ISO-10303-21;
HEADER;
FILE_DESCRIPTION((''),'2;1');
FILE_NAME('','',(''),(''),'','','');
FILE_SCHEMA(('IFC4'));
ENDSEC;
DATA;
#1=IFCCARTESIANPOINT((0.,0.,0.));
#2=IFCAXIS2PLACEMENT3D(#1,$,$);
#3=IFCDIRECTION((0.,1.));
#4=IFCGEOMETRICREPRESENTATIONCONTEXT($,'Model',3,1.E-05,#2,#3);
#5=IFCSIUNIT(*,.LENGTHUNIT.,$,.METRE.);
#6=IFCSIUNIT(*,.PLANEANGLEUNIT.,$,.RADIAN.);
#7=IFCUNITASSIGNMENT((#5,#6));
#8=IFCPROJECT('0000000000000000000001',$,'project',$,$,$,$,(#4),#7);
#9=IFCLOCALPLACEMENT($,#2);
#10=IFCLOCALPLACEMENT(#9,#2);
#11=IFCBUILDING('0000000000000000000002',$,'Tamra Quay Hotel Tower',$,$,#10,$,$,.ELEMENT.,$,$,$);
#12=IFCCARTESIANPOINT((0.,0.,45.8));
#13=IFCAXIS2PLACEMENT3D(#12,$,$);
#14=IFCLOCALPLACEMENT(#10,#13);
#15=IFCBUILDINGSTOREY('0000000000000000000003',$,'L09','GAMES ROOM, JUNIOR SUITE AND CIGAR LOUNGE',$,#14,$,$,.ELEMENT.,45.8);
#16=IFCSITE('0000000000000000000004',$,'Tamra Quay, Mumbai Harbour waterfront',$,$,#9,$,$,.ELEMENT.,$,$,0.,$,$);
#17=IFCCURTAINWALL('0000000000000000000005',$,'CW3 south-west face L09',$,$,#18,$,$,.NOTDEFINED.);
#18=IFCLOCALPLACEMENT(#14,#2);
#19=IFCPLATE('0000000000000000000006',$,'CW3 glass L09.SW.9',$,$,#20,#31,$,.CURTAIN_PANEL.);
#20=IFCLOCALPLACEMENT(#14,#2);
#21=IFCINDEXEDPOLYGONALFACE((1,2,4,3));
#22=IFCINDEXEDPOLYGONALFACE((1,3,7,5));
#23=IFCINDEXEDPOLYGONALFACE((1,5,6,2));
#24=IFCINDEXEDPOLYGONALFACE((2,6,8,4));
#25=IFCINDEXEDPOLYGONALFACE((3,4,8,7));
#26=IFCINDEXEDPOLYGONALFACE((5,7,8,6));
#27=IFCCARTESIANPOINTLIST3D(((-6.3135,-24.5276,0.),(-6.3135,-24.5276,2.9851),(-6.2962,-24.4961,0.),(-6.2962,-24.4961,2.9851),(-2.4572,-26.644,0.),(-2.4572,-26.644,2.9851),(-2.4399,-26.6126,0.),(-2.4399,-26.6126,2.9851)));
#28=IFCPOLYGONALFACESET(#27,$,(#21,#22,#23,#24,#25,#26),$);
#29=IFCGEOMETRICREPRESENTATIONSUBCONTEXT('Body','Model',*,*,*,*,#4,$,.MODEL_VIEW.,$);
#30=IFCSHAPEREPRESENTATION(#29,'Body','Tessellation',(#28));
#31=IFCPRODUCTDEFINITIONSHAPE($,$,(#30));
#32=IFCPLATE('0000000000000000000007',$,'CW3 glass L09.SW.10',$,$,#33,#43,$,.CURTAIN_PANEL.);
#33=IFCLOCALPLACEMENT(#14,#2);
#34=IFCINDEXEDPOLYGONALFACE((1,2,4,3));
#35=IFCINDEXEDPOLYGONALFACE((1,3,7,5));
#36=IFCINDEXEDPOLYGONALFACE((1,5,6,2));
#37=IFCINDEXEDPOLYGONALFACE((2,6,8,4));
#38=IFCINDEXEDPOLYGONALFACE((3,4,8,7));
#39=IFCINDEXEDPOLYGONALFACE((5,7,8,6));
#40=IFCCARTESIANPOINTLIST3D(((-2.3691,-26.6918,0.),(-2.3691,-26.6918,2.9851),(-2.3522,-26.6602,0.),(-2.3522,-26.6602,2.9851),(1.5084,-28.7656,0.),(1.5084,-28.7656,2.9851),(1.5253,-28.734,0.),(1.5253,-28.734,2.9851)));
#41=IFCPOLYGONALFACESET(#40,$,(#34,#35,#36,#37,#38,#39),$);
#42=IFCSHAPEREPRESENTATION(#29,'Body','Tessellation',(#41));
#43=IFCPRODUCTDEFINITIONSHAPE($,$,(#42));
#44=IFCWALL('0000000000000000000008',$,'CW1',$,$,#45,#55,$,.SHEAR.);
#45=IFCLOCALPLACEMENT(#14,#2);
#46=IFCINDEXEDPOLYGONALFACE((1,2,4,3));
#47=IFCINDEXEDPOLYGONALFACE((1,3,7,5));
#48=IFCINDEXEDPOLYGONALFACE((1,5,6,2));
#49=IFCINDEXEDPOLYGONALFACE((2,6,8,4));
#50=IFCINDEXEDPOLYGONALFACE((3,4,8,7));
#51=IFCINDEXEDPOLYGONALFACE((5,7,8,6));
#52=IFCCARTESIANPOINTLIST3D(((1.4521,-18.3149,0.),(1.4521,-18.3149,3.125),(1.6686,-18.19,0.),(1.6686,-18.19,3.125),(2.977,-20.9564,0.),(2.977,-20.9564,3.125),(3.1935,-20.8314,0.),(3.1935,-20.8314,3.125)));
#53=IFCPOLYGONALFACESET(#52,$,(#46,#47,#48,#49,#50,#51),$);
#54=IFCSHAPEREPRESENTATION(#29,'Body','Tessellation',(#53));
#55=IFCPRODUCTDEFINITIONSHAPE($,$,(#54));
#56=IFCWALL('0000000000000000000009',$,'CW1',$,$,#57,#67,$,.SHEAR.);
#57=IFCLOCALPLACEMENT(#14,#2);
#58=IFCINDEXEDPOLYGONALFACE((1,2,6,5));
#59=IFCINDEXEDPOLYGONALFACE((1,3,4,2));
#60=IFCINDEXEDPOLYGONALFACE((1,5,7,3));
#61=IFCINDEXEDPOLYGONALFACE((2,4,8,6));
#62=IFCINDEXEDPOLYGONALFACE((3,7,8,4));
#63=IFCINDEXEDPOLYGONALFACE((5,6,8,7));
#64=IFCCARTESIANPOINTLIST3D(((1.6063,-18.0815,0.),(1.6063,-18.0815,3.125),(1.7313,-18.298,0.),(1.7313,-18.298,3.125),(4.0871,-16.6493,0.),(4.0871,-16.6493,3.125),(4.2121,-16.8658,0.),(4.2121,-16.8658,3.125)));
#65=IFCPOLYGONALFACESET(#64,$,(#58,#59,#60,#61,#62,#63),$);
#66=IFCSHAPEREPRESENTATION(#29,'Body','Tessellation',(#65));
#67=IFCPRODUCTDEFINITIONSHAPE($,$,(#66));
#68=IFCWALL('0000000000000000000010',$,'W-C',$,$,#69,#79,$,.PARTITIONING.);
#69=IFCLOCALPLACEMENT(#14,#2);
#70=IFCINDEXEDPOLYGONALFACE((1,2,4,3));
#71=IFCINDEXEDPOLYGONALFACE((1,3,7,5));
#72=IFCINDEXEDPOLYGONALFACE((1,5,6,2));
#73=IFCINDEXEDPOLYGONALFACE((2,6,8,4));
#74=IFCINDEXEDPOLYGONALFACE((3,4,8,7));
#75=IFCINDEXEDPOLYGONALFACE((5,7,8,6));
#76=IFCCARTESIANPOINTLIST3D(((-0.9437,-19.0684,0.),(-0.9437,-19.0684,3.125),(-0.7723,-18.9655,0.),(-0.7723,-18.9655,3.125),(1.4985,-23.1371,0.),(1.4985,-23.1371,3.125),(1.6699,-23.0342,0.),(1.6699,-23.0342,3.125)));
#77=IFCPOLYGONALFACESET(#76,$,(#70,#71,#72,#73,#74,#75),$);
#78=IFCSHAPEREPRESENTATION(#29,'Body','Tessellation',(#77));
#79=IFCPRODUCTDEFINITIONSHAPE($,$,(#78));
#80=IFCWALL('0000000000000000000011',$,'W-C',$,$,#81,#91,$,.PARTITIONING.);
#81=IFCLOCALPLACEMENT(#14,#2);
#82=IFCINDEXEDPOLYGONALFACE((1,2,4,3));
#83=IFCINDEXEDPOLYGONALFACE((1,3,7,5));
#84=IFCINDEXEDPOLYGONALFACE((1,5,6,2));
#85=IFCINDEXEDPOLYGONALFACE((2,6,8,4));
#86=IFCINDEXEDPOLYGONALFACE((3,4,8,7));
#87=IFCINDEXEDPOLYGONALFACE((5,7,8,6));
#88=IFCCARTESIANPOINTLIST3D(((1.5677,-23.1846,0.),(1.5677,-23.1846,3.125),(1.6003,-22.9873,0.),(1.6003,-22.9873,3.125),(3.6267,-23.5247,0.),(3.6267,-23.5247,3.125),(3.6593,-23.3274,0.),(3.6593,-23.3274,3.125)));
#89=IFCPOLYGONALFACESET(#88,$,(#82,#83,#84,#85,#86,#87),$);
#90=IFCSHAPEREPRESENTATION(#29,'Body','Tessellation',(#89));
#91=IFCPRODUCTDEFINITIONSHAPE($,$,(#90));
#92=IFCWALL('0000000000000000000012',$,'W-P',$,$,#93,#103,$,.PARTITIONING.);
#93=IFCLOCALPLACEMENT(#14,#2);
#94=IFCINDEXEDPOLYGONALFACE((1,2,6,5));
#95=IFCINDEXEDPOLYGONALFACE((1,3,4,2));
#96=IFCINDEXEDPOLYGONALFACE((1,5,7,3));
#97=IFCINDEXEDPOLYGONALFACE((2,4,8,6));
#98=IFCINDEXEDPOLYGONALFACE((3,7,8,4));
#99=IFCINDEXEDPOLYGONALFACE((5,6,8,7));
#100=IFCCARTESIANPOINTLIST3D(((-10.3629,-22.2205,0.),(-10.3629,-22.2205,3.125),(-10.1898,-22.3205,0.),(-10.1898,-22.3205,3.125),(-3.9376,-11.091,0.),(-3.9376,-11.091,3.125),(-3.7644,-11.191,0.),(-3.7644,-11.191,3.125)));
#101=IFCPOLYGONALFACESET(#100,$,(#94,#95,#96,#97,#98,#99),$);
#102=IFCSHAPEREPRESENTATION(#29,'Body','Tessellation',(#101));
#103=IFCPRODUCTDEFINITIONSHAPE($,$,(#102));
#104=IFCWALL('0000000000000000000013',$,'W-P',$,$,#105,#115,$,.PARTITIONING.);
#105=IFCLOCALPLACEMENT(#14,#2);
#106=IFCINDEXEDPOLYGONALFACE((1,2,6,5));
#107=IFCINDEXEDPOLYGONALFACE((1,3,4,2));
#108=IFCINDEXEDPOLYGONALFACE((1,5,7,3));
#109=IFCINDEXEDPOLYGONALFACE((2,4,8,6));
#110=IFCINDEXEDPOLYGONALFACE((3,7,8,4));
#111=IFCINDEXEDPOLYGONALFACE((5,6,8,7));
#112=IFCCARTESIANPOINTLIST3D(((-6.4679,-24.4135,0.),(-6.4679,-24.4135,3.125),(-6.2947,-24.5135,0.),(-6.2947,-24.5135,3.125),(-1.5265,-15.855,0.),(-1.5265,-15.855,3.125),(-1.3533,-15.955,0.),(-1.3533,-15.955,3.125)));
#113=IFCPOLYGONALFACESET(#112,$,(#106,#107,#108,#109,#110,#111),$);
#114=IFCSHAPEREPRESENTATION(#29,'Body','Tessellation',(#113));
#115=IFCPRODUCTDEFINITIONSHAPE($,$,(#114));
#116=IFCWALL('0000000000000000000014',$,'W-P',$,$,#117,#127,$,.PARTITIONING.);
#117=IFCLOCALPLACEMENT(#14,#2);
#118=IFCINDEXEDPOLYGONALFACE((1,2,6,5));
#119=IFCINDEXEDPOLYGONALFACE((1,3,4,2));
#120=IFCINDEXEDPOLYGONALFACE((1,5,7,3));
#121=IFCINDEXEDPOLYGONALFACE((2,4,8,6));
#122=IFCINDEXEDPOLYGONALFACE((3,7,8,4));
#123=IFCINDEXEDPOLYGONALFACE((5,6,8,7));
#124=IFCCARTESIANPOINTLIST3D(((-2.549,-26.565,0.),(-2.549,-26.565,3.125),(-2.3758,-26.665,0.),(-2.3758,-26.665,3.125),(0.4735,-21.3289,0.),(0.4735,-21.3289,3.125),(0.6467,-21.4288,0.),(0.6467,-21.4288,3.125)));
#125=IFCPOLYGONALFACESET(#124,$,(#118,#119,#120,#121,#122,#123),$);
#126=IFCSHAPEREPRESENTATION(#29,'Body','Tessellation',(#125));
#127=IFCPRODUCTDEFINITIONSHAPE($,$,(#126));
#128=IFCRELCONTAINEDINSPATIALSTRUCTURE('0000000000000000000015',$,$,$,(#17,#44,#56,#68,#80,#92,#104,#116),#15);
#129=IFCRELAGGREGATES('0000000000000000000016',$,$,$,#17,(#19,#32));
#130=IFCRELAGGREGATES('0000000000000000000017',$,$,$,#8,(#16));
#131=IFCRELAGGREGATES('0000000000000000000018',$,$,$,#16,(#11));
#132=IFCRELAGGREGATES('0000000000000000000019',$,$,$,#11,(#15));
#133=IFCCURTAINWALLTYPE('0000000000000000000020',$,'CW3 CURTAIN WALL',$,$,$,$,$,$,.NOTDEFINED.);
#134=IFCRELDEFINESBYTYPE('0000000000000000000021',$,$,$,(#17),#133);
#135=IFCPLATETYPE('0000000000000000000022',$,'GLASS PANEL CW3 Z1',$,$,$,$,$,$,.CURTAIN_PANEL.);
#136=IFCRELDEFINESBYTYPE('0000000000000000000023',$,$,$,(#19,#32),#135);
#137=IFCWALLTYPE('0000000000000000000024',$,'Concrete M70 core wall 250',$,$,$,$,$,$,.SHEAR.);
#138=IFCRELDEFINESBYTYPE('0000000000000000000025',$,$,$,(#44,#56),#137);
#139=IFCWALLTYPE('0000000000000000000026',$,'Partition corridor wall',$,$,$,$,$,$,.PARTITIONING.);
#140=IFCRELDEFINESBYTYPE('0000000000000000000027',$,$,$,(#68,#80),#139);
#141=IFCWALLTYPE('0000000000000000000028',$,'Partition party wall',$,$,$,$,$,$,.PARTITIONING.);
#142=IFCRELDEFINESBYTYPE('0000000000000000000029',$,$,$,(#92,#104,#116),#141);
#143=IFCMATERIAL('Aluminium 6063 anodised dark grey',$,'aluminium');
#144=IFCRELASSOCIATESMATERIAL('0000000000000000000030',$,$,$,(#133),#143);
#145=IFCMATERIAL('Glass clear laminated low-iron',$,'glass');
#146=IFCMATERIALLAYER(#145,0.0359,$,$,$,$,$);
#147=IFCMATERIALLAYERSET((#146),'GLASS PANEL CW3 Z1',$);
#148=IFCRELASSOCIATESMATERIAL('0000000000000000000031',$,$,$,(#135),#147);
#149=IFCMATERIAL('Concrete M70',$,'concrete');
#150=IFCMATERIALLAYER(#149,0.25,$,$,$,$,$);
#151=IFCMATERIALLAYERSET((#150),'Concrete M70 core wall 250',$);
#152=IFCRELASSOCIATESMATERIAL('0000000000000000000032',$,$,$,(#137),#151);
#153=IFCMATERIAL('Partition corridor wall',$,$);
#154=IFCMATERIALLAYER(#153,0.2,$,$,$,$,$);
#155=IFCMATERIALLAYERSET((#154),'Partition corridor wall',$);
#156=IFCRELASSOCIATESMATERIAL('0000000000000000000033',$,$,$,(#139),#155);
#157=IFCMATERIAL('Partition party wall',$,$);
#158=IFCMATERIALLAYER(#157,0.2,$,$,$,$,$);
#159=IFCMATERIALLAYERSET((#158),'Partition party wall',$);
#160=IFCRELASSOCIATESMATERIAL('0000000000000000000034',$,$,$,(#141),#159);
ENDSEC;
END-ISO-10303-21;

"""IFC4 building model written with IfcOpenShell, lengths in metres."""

from ifc_helpers import new_model, si_unit, direction, frame, frame_2d, origin, origin_2d, place, context, subcontext, project, spatial, rectangle, extrude, material, layer, layer_set, type_object, element, aggregate, save


model = new_model("IFC4")

# Units and contexts
model_context = context("Model", 3, precision=1e-05, world=origin(), true_north=direction((0.0, 1.0)))
body_context = subcontext(model_context, "Body", "Model", "MODEL_VIEW")
ifc_project = project(units=[si_unit("LENGTHUNIT", "METRE"), si_unit("PLANEANGLEUNIT", "RADIAN")], contexts=[model_context])

# Site, building, storey
site_placement = place(None, origin())
site = spatial("IfcSite", under=ifc_project, at=site_placement, Name="Tamra Quay, Mumbai Harbour waterfront", CompositionType="ELEMENT", RefElevation=0.0)
building_placement = place(site_placement, origin())
building = spatial("IfcBuilding", under=site, at=building_placement, Name="Tamra Quay Hotel Tower", CompositionType="ELEMENT")
storey_placement = place(building_placement, frame((0.0, 0.0, 45.8)))
storey = spatial("IfcBuildingStorey", under=building, at=storey_placement, Name="L09", Description="GAMES ROOM, JUNIOR SUITE AND CIGAR LOUNGE", CompositionType="ELEMENT", Elevation=45.8)

# Shared definitions
ifc_material_1 = material(Name="Concrete M70", Category="concrete")

# Curtain wall
ifc_material_2 = material(Name="Aluminium 6063 anodised dark grey", Category="aluminium")
curtain_wall_type = type_object("IfcCurtainWallType", Name="CW3 CURTAIN WALL", PredefinedType="NOTDEFINED", material=ifc_material_2)
curtain_wall_placement = place(storey_placement, origin())
curtain_wall = element("IfcCurtainWall", 1, at=curtain_wall_placement, inside=storey, type_object=curtain_wall_type, Name="CW3 south-west face L09", PredefinedType="NOTDEFINED")

# Plates
ifc_material_3 = material(Name="Glass clear laminated low-iron", Category="glass")
ifc_layer_1 = layer(ifc_material_3, 0.0359)
ifc_layer_set_1 = layer_set([ifc_layer_1], Name="GLASS PANEL CW3 Z1")
plate_type = type_object("IfcPlateType", Name="GLASS PANEL CW3 Z1", PredefinedType="CURTAIN_PANEL", material=ifc_layer_set_1)
plate_1_placement = place(storey_placement, frame((-4.3767, -25.5701, 0.0), z_axis=(0.0, 0.0, 1.0), x_axis=(0.876651, -0.481127, 0.0)))
plate_1 = element("IfcPlate", 2, at=plate_1_placement, type_object=plate_type, Name="CW3 glass L09.SW.9", PredefinedType="CURTAIN_PANEL", context=body_context, shape_type="SweptSolid", body=[
    extrude(rectangle(XDim=4.3989, YDim=0.0359, at=origin_2d()), origin(), (0.0, 0.0, 1.0), 2.9851),
])
plate_2_placement = place(storey_placement, frame((-0.4219, -27.7129, 0.0), z_axis=(0.0, 0.0, 1.0), x_axis=(0.881806, -0.471612, 0.0)))
plate_2 = element("IfcPlate", 3, at=plate_2_placement, type_object=plate_type, Name="CW3 glass L09.SW.10", PredefinedType="CURTAIN_PANEL", context=body_context, shape_type="SweptSolid", body=[
    extrude(rectangle(XDim=4.3972, YDim=0.0359, at=origin_2d()), origin(), (0.0, 0.0, 1.0), 2.9851),
])
aggregate(curtain_wall, [plate_1, plate_2])

# Walls
ifc_layer_2 = layer(ifc_material_1, 0.25)
ifc_layer_set_2 = layer_set([ifc_layer_2], Name="Concrete M70 core wall 250")
wall_type_1 = type_object("IfcWallType", Name="Concrete M70 core wall 250", PredefinedType="SHEAR", material=ifc_layer_set_2)
wall_1_placement = place(storey_placement, frame((3.0852, -20.8938, 0.0), z_axis=(0.0, 0.0, 1.0), x_axis=(-0.499979, 0.866038, 0.0)))
element("IfcWall", 4, at=wall_1_placement, inside=storey, type_object=wall_type_1, Name="CW1", PredefinedType="SHEAR", context=body_context, shape_type="SweptSolid", body=[
    extrude(rectangle(XDim=3.05, YDim=0.25, at=frame_2d((1.5249, 0.0))), origin(), (0.0, 0.0, 1.0), 3.125),
])
wall_2_placement = place(storey_placement, frame((1.6689, -18.1897, 0.0), z_axis=(0.0, 0.0, 1.0), x_axis=(0.866042, 0.499971, 0.0)))
element("IfcWall", 5, at=wall_2_placement, inside=storey, type_object=wall_type_1, Name="CW1", PredefinedType="SHEAR", context=body_context, shape_type="SweptSolid", body=[
    extrude(rectangle(XDim=2.8645, YDim=0.25, at=frame_2d((1.4321, 0.0))), origin(), (0.0, 0.0, 1.0), 3.125),
])
ifc_material_4 = material(Name="Partition corridor wall")
ifc_layer_3 = layer(ifc_material_4, 0.2)
ifc_layer_set_3 = layer_set([ifc_layer_3], Name="Partition corridor wall")
wall_type_2 = type_object("IfcWallType", Name="Partition corridor wall", PredefinedType="PARTITIONING", material=ifc_layer_set_3)
wall_3_placement = place(storey_placement, frame((-0.8579, -19.0171, 0.0), z_axis=(0.0, 0.0, 1.0), x_axis=(0.514647, -0.857402, 0.0)))
element("IfcWall", 6, at=wall_3_placement, inside=storey, type_object=wall_type_2, Name="W-C", PredefinedType="PARTITIONING", context=body_context, shape_type="SweptSolid", body=[
    extrude(rectangle(XDim=4.7454, YDim=0.2, at=frame_2d((2.3726, 0.0))), origin(), (0.0, 0.0, 1.0), 3.125),
])
wall_4_placement = place(storey_placement, frame((1.584, -23.0859, 0.0), z_axis=(0.0, 0.0, 1.0), x_axis=(0.986633, -0.162957, 0.0)))
element("IfcWall", 7, at=wall_4_placement, inside=storey, type_object=wall_type_2, Name="W-C", PredefinedType="PARTITIONING", context=body_context, shape_type="SweptSolid", body=[
    extrude(rectangle(XDim=2.0869, YDim=0.2, at=frame_2d((1.0435, 0.0))), origin(), (0.0, 0.0, 1.0), 3.125),
])
ifc_material_5 = material(Name="Partition party wall")
ifc_layer_4 = layer(ifc_material_5, 0.2)
ifc_layer_set_4 = layer_set([ifc_layer_4], Name="Partition party wall")
wall_type_3 = type_object("IfcWallType", Name="Partition party wall", PredefinedType="PARTITIONING", material=ifc_layer_set_4)
wall_5_placement = place(storey_placement, frame((-10.2764, -22.2705, 0.0), z_axis=(0.0, 0.0, 1.0), x_axis=(0.499984, 0.866034, 0.0)))
element("IfcWall", 8, at=wall_5_placement, inside=storey, type_object=wall_type_3, Name="W-P", PredefinedType="PARTITIONING", context=body_context, shape_type="SweptSolid", body=[
    extrude(rectangle(XDim=12.8511, YDim=0.2, at=frame_2d((6.4255, 0.0))), origin(), (0.0, 0.0, 1.0), 3.125),
])
wall_6_placement = place(storey_placement, frame((-6.3813, -24.4636, 0.0), z_axis=(0.0, 0.0, 1.0), x_axis=(0.500008, 0.866021, 0.0)))
element("IfcWall", 9, at=wall_6_placement, inside=storey, type_object=wall_type_3, Name="W-P", PredefinedType="PARTITIONING", context=body_context, shape_type="SweptSolid", body=[
    extrude(rectangle(XDim=9.8826, YDim=0.2, at=frame_2d((4.9414, 0.0))), origin(), (0.0, 0.0, 1.0), 3.125),
])
wall_7_placement = place(storey_placement, frame((-2.4624, -26.615, 0.0), z_axis=(0.0, 0.0, 1.0), x_axis=(0.499926, 0.866068, 0.0)))
element("IfcWall", 10, at=wall_7_placement, inside=storey, type_object=wall_type_3, Name="W-P", PredefinedType="PARTITIONING", context=body_context, shape_type="SweptSolid", body=[
    extrude(rectangle(XDim=6.0459, YDim=0.2, at=frame_2d((3.0229, 0.0))), origin(), (0.0, 0.0, 1.0), 3.125),
])

save(model, "model.ifc")
